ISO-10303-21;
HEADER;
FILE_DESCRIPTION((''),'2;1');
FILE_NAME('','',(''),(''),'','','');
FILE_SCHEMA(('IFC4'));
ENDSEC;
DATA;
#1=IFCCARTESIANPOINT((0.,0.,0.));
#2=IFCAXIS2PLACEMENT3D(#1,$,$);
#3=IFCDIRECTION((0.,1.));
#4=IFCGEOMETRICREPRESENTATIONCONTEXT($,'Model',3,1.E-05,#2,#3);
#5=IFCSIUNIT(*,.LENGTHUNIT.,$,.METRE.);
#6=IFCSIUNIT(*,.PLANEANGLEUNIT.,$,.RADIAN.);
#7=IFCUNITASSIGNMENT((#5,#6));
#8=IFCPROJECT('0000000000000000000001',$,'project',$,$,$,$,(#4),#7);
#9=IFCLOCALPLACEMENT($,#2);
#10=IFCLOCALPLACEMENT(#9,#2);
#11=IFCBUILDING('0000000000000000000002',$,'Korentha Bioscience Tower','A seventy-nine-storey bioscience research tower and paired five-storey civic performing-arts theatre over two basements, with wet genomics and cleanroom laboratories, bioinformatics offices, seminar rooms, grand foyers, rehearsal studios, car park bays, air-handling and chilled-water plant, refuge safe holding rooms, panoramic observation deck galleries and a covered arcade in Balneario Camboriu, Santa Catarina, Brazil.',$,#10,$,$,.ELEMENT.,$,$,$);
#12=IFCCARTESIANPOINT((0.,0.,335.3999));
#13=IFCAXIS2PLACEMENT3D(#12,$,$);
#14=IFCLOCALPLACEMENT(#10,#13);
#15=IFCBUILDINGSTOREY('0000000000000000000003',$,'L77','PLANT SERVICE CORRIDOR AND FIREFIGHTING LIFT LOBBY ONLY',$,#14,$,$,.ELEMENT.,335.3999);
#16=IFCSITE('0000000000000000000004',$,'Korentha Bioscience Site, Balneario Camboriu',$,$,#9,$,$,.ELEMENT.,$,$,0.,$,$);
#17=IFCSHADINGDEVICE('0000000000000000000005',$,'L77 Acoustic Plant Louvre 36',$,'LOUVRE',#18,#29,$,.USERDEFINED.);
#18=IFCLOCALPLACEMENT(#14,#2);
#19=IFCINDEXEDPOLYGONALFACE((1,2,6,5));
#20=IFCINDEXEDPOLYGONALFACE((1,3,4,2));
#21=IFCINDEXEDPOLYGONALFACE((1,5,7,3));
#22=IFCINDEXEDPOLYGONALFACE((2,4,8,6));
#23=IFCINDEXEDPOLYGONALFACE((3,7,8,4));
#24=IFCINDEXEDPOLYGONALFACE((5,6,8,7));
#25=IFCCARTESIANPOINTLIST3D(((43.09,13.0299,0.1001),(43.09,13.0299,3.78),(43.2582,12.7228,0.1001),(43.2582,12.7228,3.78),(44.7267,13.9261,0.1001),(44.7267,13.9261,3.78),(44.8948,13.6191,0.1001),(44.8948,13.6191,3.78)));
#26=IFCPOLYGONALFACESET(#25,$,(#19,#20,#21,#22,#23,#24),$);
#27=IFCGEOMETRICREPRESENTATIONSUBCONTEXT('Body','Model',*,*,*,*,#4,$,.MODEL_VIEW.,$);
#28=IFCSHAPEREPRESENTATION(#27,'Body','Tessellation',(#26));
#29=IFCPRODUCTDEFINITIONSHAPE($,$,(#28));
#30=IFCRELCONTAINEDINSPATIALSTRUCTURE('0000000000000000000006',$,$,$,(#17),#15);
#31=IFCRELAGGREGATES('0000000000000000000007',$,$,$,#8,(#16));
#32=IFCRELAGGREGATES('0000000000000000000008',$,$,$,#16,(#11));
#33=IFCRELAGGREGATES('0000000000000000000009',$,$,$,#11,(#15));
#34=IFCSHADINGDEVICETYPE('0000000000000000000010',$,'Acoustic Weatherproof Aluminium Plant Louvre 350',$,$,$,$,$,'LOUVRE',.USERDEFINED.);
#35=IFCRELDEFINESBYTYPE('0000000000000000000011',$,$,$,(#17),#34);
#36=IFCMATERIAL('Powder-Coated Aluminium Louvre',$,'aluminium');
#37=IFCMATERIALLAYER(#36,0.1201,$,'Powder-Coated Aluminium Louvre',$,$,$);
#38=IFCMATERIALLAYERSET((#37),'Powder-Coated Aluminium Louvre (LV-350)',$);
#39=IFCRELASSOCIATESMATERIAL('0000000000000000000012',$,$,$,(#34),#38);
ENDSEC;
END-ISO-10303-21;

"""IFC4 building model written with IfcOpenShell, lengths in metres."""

from ifc_helpers import new_model, si_unit, direction, frame, origin, origin_2d, place, context, subcontext, project, spatial, rectangle, extrude, material, layer, layer_set, type_object, element, save


model = new_model("IFC4")

# Units and contexts
model_context = context("Model", 3, precision=1e-05, world=origin(), true_north=direction((0.0, 1.0)))
body_context = subcontext(model_context, "Body", "Model", "MODEL_VIEW")
ifc_project = project(units=[si_unit("LENGTHUNIT", "METRE"), si_unit("PLANEANGLEUNIT", "RADIAN")], contexts=[model_context])

# Site, building, storey
site_placement = place(None, origin())
site = spatial("IfcSite", under=ifc_project, at=site_placement, Name="Korentha Bioscience Site, Balneario Camboriu", CompositionType="ELEMENT", RefElevation=0.0)
building_placement = place(site_placement, origin())
building = spatial("IfcBuilding", under=site, at=building_placement, Name="Korentha Bioscience Tower", Description="A seventy-nine-storey bioscience research tower and paired five-storey civic performing-arts theatre over two basements, with wet genomics and cleanroom laboratories, bioinformatics offices, seminar rooms, grand foyers, rehearsal studios, car park bays, air-handling and chilled-water plant, refuge safe holding rooms, panoramic observation deck galleries and a covered arcade in Balneario Camboriu, Santa Catarina, Brazil.", CompositionType="ELEMENT")
storey_placement = place(building_placement, frame((0.0, 0.0, 335.3999)))
storey = spatial("IfcBuildingStorey", under=building, at=storey_placement, Name="L77", Description="PLANT SERVICE CORRIDOR AND FIREFIGHTING LIFT LOBBY ONLY", CompositionType="ELEMENT", Elevation=335.3999)

# Shading device
ifc_material_1 = material(Name="Powder-Coated Aluminium Louvre", Category="aluminium")
ifc_layer_1 = layer(ifc_material_1, 0.1201, Name="Powder-Coated Aluminium Louvre")
ifc_layer_set_1 = layer_set([ifc_layer_1], Name="Powder-Coated Aluminium Louvre (LV-350)")
shading_device_type = type_object("IfcShadingDeviceType", Name="Acoustic Weatherproof Aluminium Plant Louvre 350", ElementType="LOUVRE", PredefinedType="USERDEFINED", material=ifc_layer_set_1)
shading_device_1_placement = place(storey_placement, frame((43.9924, 13.3245, 0.1001), z_axis=(0.0, 0.0, 1.0), x_axis=(0.877089, 0.480328, 0.0)))
element("IfcShadingDevice", 1, at=shading_device_1_placement, inside=storey, type_object=shading_device_type, Name="L77 Acoustic Plant Louvre 36", ObjectType="LOUVRE", PredefinedType="USERDEFINED", context=body_context, shape_type="SweptSolid", body=[
    extrude(rectangle(XDim=1.866, YDim=0.3501, at=origin_2d()), origin(), (0.0, 0.0, 1.0), 3.6799),
])

save(model, "model.ifc")
